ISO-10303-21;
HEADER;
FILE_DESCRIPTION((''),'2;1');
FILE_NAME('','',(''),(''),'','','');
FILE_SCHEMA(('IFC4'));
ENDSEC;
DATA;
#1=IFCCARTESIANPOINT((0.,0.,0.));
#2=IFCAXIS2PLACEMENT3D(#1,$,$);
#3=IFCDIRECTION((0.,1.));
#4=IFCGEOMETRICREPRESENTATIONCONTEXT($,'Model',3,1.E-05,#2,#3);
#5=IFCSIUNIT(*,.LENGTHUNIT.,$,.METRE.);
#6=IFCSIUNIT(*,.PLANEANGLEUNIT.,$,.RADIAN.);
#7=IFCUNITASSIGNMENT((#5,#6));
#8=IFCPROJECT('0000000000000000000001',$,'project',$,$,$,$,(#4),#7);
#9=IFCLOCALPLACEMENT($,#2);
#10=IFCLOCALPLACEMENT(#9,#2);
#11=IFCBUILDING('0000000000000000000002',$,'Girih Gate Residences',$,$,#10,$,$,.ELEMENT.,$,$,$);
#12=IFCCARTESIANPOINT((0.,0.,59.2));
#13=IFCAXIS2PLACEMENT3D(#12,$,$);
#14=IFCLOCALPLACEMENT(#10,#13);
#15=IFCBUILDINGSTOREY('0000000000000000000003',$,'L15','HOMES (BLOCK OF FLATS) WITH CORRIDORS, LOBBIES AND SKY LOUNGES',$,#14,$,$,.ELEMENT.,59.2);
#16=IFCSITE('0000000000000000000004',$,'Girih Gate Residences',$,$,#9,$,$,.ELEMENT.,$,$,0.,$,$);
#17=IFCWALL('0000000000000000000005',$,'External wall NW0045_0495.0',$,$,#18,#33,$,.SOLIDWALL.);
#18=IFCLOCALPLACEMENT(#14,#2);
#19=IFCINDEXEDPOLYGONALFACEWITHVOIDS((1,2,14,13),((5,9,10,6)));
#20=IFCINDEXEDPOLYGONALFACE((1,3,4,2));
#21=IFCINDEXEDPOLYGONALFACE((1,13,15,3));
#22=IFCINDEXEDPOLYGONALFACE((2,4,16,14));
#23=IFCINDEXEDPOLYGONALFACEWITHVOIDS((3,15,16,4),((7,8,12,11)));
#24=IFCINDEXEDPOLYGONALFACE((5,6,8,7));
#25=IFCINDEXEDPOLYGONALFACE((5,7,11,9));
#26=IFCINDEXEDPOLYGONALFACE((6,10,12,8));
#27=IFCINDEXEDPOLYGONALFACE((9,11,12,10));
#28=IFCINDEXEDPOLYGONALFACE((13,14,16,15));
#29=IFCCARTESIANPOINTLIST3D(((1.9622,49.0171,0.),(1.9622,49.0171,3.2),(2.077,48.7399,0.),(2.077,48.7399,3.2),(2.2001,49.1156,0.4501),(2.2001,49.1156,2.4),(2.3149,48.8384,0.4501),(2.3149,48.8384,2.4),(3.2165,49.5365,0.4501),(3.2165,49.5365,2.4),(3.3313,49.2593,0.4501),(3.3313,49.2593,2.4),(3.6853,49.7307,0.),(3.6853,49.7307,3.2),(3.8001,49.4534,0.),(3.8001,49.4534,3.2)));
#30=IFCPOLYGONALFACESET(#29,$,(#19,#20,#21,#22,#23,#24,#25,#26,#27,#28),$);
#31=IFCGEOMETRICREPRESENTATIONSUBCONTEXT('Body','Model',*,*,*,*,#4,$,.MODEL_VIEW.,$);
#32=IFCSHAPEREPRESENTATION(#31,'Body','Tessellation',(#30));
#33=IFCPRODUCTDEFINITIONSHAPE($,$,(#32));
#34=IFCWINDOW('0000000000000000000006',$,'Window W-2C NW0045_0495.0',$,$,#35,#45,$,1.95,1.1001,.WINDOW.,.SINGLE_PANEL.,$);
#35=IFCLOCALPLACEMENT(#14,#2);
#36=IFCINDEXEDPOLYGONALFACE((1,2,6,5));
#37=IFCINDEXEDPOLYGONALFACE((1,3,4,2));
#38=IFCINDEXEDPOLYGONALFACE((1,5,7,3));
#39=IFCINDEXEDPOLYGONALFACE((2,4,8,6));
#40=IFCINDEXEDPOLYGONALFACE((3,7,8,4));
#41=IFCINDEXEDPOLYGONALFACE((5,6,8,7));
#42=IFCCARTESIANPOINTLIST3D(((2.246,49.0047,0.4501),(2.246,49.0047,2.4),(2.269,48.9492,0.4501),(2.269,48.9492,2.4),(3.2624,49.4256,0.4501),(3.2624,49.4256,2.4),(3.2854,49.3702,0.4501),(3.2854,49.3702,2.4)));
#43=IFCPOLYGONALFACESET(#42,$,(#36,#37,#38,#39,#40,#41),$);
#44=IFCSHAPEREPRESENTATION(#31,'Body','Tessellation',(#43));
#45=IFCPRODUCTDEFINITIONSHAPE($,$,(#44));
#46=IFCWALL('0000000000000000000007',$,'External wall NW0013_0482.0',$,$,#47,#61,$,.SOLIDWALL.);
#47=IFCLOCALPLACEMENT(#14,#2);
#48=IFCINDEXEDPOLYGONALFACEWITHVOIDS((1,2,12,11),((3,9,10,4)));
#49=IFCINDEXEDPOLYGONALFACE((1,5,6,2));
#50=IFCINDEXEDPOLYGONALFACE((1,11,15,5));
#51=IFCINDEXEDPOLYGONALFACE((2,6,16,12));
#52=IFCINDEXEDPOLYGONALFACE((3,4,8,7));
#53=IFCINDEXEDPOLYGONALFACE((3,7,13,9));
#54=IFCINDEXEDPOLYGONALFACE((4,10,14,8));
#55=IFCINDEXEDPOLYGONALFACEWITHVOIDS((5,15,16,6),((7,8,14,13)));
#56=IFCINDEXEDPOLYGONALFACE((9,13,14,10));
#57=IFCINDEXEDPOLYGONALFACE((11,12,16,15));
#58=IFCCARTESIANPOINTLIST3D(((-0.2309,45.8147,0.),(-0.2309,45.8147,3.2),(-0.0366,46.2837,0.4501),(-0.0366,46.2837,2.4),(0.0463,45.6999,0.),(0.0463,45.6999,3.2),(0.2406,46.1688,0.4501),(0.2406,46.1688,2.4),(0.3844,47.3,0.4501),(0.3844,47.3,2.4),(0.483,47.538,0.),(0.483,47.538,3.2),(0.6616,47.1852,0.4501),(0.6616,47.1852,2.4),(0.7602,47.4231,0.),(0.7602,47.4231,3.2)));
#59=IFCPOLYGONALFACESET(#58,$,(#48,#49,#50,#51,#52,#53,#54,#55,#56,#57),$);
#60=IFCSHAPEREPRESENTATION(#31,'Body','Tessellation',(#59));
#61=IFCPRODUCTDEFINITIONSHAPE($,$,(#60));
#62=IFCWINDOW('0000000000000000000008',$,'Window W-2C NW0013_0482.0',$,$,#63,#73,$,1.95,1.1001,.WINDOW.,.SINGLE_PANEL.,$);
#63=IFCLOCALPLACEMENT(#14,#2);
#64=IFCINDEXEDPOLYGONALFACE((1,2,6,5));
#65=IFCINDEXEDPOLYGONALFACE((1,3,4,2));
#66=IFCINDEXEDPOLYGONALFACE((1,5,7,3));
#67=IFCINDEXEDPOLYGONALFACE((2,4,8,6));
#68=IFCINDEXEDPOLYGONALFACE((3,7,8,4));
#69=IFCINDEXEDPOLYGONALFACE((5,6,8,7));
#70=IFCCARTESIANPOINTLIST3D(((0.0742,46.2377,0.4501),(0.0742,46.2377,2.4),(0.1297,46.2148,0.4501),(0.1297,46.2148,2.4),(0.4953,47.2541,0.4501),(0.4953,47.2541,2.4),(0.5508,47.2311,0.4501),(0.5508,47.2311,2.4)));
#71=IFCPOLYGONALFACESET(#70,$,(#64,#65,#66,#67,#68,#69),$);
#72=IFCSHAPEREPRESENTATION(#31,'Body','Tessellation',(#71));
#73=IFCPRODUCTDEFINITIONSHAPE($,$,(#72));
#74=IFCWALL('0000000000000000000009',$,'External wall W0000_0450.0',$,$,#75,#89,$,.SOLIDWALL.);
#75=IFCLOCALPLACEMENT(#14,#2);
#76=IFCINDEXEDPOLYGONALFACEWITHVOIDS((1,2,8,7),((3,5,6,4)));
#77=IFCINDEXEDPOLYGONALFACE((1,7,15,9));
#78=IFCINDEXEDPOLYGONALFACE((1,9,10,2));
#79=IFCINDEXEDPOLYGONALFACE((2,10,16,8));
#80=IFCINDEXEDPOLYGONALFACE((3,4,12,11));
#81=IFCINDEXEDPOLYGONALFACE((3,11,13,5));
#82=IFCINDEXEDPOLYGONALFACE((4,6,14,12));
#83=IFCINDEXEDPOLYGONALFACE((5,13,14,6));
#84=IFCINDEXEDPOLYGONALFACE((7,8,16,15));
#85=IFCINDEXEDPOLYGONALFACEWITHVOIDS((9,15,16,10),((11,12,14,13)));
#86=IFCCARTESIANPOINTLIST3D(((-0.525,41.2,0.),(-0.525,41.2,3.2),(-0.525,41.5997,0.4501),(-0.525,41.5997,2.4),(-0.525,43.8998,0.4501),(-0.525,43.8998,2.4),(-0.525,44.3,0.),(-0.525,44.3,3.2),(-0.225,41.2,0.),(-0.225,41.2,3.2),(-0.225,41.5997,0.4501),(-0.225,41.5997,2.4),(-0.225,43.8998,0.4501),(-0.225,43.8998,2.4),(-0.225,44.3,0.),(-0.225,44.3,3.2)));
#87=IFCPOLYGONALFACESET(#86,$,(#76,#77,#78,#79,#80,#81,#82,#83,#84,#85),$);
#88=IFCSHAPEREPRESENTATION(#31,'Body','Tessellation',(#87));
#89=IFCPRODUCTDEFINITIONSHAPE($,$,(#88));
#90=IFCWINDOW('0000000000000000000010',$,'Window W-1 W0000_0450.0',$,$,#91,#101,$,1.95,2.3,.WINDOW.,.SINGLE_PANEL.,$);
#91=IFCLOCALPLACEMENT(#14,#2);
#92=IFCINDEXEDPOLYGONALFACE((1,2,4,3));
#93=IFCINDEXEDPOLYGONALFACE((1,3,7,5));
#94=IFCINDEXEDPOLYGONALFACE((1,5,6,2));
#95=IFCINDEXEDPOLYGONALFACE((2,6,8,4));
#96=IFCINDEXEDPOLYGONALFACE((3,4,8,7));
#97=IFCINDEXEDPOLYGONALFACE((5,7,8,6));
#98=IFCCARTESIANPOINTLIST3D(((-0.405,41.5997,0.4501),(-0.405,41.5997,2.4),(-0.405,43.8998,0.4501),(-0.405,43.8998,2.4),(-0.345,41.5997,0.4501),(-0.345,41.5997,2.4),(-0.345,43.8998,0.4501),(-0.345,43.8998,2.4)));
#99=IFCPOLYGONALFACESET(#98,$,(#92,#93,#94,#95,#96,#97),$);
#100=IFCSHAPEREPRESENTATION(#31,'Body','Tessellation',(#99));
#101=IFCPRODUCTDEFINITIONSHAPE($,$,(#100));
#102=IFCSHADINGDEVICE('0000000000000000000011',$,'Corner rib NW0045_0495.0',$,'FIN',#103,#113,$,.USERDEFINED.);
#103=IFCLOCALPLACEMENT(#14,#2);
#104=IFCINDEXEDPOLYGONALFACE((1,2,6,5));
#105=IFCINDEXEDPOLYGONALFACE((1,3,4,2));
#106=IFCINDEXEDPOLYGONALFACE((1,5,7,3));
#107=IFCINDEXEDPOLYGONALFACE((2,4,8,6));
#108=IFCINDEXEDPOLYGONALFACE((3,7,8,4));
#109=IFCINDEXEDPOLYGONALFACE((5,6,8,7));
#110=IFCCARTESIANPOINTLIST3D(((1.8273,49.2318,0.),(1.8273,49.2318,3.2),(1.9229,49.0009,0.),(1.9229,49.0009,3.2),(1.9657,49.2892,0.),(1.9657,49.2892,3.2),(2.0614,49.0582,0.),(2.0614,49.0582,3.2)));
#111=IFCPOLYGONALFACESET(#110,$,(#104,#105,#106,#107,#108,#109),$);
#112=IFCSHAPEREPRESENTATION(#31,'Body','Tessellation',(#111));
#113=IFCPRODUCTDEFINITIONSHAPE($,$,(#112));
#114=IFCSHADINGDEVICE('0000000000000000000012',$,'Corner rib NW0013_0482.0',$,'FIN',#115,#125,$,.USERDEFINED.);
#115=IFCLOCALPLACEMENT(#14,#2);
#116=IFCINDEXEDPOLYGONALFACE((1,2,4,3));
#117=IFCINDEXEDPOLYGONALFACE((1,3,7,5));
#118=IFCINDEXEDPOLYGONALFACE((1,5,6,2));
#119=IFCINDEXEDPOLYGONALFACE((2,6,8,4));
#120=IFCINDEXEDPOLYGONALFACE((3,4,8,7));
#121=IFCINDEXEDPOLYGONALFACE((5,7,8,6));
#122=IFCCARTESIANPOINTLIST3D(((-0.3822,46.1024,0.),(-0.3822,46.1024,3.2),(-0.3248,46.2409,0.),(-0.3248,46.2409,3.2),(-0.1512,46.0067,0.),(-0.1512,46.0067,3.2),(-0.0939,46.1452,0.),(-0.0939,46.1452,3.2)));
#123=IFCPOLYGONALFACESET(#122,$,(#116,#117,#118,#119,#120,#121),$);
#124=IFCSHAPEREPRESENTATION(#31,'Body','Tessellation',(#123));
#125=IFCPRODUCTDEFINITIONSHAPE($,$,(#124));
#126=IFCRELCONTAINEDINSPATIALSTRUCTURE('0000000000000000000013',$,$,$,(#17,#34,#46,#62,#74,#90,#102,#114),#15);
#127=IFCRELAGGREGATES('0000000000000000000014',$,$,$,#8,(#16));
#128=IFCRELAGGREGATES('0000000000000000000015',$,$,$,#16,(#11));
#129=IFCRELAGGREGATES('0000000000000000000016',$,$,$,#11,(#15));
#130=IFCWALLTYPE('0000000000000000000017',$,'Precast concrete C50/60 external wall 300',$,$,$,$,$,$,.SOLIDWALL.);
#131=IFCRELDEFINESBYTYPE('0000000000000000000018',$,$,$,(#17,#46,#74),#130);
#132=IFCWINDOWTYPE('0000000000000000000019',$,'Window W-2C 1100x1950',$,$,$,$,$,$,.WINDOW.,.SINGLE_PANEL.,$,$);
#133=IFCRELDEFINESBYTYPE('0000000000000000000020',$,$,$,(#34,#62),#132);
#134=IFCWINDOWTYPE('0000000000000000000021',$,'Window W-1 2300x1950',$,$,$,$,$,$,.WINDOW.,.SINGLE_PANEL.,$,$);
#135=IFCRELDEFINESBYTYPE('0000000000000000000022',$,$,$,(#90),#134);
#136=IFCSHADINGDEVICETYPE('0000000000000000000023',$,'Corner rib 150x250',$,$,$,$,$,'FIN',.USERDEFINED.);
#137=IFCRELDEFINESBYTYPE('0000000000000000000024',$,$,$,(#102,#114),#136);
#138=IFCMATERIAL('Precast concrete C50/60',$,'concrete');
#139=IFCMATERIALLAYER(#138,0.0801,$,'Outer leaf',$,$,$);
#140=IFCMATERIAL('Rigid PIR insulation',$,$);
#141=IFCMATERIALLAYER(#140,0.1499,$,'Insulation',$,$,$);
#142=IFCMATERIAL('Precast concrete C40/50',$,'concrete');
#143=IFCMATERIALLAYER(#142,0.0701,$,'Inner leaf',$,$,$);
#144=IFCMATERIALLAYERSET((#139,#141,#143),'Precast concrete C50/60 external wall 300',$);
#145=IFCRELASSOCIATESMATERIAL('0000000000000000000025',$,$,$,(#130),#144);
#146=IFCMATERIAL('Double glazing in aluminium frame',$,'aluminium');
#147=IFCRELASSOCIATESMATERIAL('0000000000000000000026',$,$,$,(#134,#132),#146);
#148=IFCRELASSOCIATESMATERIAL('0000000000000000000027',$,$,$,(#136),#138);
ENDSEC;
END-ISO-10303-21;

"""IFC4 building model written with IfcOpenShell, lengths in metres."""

from ifc_helpers import new_model, si_unit, direction, frame, frame_2d, origin, origin_2d, place, context, subcontext, project, spatial, rectangle, extrude, material, layer, layer_set, type_object, element, fill, save


model = new_model("IFC4")

# Units and contexts
model_context = context("Model", 3, precision=1e-05, world=origin(), true_north=direction((0.0, 1.0)))
body_context = subcontext(model_context, "Body", "Model", "MODEL_VIEW")
ifc_project = project(units=[si_unit("LENGTHUNIT", "METRE"), si_unit("PLANEANGLEUNIT", "RADIAN")], contexts=[model_context])

# Site, building, storey
site_placement = place(None, origin())
site = spatial("IfcSite", under=ifc_project, at=site_placement, Name="Girih Gate Residences", CompositionType="ELEMENT", RefElevation=0.0)
building_placement = place(site_placement, origin())
building = spatial("IfcBuilding", under=site, at=building_placement, Name="Girih Gate Residences", CompositionType="ELEMENT")
storey_placement = place(building_placement, frame((0.0, 0.0, 59.2)))
storey = spatial("IfcBuildingStorey", under=building, at=storey_placement, Name="L15", Description="HOMES (BLOCK OF FLATS) WITH CORRIDORS, LOBBIES AND SKY LOUNGES", CompositionType="ELEMENT", Elevation=59.2)

# Walls, openings, windows
ifc_material_1 = material(Name="Precast concrete C50/60", Category="concrete")
ifc_layer_1 = layer(ifc_material_1, 0.0801, Name="Outer leaf")
ifc_material_2 = material(Name="Rigid PIR insulation")
ifc_layer_2 = layer(ifc_material_2, 0.1499, Name="Insulation")
ifc_material_3 = material(Name="Precast concrete C40/50", Category="concrete")
ifc_layer_3 = layer(ifc_material_3, 0.0701, Name="Inner leaf")
ifc_layer_set_1 = layer_set([ifc_layer_1, ifc_layer_2, ifc_layer_3], Name="Precast concrete C50/60 external wall 300")
wall_type_1 = type_object("IfcWallType", Name="Precast concrete C50/60 external wall 300", PredefinedType="SOLIDWALL", material=ifc_layer_set_1)
ifc_material_4 = material(Name="Double glazing in aluminium frame", Category="aluminium")
window_type_1 = type_object("IfcWindowType", Name="Window W-1 2300x1950", PartitioningType="SINGLE_PANEL", PredefinedType="WINDOW", material=ifc_material_4)
wall_1_placement = place(storey_placement, frame((2.0195, 48.8784, 0.0), z_axis=(0.0, 0.0, 1.0), x_axis=(0.923904, 0.382625, 0.0)))
wall_1 = element("IfcWall", 1, at=wall_1_placement, inside=storey, type_object=wall_type_1, Name="External wall NW0045_0495.0", PredefinedType="SOLIDWALL", context=body_context, shape_type="SweptSolid", body=[
    extrude(rectangle(XDim=1.865, YDim=0.3, at=frame_2d((0.9326, 0.0))), origin(), (0.0, 0.0, 1.0), 3.2),
])
opening_1_placement = place(wall_1_placement, frame((0.2576, 0.0, 0.45)))
opening_1 = element("IfcOpeningElement", 2, at=opening_1_placement, cuts=wall_1, PredefinedType="OPENING", context=body_context, shape_type="SweptSolid", body=[
    extrude(rectangle(XDim=1.1001, YDim=1.95, at=frame_2d((0.55, 0.9751))), frame((0.0, 0.1599, 0.0), z_axis=(0.0, -1.0, 0.0), x_axis=(1.0, 0.0, 0.0)), (0.0, 0.0, 1.0), 0.3201),
])
window_type_2 = type_object("IfcWindowType", Name="Window W-2C 1100x1950", PartitioningType="SINGLE_PANEL", PredefinedType="WINDOW", material=ifc_material_4)
window_1_placement = place(opening_1_placement, origin())
window_1 = element("IfcWindow", 3, at=window_1_placement, inside=storey, type_object=window_type_2, Name="Window W-2C NW0045_0495.0", OverallHeight=1.95, OverallWidth=1.1001, PartitioningType="SINGLE_PANEL", PredefinedType="WINDOW", context=body_context, shape_type="SweptSolid", body=[
    extrude(rectangle(XDim=1.1001, YDim=1.95, at=frame_2d((0.55, 0.9751))), frame((0.0, 0.03, 0.0), z_axis=(0.0, -1.0, 0.0), x_axis=(1.0, 0.0, 0.0)), (0.0, 0.0, 1.0), 0.0601),
])
fill(opening_1, window_1)
wall_2_placement = place(storey_placement, frame((-0.0923, 45.7573, 0.0), z_axis=(0.0, 0.0, 1.0), x_axis=(0.382737, 0.923857, 0.0)))
wall_2 = element("IfcWall", 4, at=wall_2_placement, inside=storey, type_object=wall_type_1, Name="External wall NW0013_0482.0", PredefinedType="SOLIDWALL", context=body_context, shape_type="SweptSolid", body=[
    extrude(rectangle(XDim=1.8652, YDim=0.3, at=frame_2d((0.9326, 0.0))), origin(), (0.0, 0.0, 1.0), 3.2),
])
opening_2_placement = place(wall_2_placement, frame((0.5076, 0.0, 0.45)))
opening_2 = element("IfcOpeningElement", 5, at=opening_2_placement, cuts=wall_2, PredefinedType="OPENING", context=body_context, shape_type="SweptSolid", body=[
    extrude(rectangle(XDim=1.1001, YDim=1.95, at=frame_2d((0.55, 0.9751))), frame((0.0, 0.1599, 0.0), z_axis=(0.0, -1.0, 0.0), x_axis=(1.0, 0.0, 0.0)), (0.0, 0.0, 1.0), 0.3201),
])
window_2_placement = place(opening_2_placement, origin())
window_2 = element("IfcWindow", 6, at=window_2_placement, inside=storey, type_object=window_type_2, Name="Window W-2C NW0013_0482.0", OverallHeight=1.95, OverallWidth=1.1001, PartitioningType="SINGLE_PANEL", PredefinedType="WINDOW", context=body_context, shape_type="SweptSolid", body=[
    extrude(rectangle(XDim=1.1001, YDim=1.95, at=frame_2d((0.55, 0.9751))), frame((0.0, 0.03, 0.0), z_axis=(0.0, -1.0, 0.0), x_axis=(1.0, 0.0, 0.0)), (0.0, 0.0, 1.0), 0.0601),
])
fill(opening_2, window_2)
wall_3_placement = place(storey_placement, frame((-0.375, 41.2, 0.0), z_axis=(0.0, 0.0, 1.0), x_axis=(0.0, 1.0, 0.0)))
wall_3 = element("IfcWall", 7, at=wall_3_placement, inside=storey, type_object=wall_type_1, Name="External wall W0000_0450.0", PredefinedType="SOLIDWALL", context=body_context, shape_type="SweptSolid", body=[
    extrude(rectangle(XDim=3.1001, YDim=0.3, at=frame_2d((1.55, 0.0))), origin(), (0.0, 0.0, 1.0), 3.2),
])
opening_3_placement = place(wall_3_placement, frame((0.3999, 0.0, 0.45)))
opening_3 = element("IfcOpeningElement", 8, at=opening_3_placement, cuts=wall_3, PredefinedType="OPENING", context=body_context, shape_type="SweptSolid", body=[
    extrude(rectangle(XDim=2.3, YDim=1.95, at=frame_2d((1.1499, 0.9751))), frame((0.0, 0.1599, 0.0), z_axis=(0.0, -1.0, 0.0), x_axis=(1.0, 0.0, 0.0)), (0.0, 0.0, 1.0), 0.3201),
])
window_3_placement = place(opening_3_placement, origin())
window_3 = element("IfcWindow", 9, at=window_3_placement, inside=storey, type_object=window_type_1, Name="Window W-1 W0000_0450.0", OverallHeight=1.95, OverallWidth=2.3, PartitioningType="SINGLE_PANEL", PredefinedType="WINDOW", context=body_context, shape_type="SweptSolid", body=[
    extrude(rectangle(XDim=2.3, YDim=1.95, at=frame_2d((1.1499, 0.9751))), frame((0.0, 0.03, 0.0), z_axis=(0.0, -1.0, 0.0), x_axis=(1.0, 0.0, 0.0)), (0.0, 0.0, 1.0), 0.0601),
])
fill(opening_3, window_3)

# Shading devices
shading_device_type = type_object("IfcShadingDeviceType", Name="Corner rib 150x250", ElementType="FIN", PredefinedType="USERDEFINED", material=ifc_material_1)
for number, where, z_axis, x_axis, name in (
    (10, (1.9443, 49.145, 0.0), (0.0, 0.0, 1.0), (-0.92388, -0.382683, 0.0), "Corner rib NW0045_0495.0"),
    (11, (-0.238, 46.1238, 0.0), (0.0, 0.0, 1.0), (-0.382683, -0.92388, 0.0), "Corner rib NW0013_0482.0"),
):
    element("IfcShadingDevice", number, at=place(storey_placement, frame(where, z_axis=z_axis, x_axis=x_axis)), inside=storey, type_object=shading_device_type, Name=name, ObjectType="FIN", PredefinedType="USERDEFINED", context=body_context, shape_type="SweptSolid", body=[
        extrude(rectangle(XDim=0.1499, YDim=0.25, at=origin_2d()), origin(), (0.0, 0.0, 1.0), 3.2),
    ])

save(model, "model.ifc")
